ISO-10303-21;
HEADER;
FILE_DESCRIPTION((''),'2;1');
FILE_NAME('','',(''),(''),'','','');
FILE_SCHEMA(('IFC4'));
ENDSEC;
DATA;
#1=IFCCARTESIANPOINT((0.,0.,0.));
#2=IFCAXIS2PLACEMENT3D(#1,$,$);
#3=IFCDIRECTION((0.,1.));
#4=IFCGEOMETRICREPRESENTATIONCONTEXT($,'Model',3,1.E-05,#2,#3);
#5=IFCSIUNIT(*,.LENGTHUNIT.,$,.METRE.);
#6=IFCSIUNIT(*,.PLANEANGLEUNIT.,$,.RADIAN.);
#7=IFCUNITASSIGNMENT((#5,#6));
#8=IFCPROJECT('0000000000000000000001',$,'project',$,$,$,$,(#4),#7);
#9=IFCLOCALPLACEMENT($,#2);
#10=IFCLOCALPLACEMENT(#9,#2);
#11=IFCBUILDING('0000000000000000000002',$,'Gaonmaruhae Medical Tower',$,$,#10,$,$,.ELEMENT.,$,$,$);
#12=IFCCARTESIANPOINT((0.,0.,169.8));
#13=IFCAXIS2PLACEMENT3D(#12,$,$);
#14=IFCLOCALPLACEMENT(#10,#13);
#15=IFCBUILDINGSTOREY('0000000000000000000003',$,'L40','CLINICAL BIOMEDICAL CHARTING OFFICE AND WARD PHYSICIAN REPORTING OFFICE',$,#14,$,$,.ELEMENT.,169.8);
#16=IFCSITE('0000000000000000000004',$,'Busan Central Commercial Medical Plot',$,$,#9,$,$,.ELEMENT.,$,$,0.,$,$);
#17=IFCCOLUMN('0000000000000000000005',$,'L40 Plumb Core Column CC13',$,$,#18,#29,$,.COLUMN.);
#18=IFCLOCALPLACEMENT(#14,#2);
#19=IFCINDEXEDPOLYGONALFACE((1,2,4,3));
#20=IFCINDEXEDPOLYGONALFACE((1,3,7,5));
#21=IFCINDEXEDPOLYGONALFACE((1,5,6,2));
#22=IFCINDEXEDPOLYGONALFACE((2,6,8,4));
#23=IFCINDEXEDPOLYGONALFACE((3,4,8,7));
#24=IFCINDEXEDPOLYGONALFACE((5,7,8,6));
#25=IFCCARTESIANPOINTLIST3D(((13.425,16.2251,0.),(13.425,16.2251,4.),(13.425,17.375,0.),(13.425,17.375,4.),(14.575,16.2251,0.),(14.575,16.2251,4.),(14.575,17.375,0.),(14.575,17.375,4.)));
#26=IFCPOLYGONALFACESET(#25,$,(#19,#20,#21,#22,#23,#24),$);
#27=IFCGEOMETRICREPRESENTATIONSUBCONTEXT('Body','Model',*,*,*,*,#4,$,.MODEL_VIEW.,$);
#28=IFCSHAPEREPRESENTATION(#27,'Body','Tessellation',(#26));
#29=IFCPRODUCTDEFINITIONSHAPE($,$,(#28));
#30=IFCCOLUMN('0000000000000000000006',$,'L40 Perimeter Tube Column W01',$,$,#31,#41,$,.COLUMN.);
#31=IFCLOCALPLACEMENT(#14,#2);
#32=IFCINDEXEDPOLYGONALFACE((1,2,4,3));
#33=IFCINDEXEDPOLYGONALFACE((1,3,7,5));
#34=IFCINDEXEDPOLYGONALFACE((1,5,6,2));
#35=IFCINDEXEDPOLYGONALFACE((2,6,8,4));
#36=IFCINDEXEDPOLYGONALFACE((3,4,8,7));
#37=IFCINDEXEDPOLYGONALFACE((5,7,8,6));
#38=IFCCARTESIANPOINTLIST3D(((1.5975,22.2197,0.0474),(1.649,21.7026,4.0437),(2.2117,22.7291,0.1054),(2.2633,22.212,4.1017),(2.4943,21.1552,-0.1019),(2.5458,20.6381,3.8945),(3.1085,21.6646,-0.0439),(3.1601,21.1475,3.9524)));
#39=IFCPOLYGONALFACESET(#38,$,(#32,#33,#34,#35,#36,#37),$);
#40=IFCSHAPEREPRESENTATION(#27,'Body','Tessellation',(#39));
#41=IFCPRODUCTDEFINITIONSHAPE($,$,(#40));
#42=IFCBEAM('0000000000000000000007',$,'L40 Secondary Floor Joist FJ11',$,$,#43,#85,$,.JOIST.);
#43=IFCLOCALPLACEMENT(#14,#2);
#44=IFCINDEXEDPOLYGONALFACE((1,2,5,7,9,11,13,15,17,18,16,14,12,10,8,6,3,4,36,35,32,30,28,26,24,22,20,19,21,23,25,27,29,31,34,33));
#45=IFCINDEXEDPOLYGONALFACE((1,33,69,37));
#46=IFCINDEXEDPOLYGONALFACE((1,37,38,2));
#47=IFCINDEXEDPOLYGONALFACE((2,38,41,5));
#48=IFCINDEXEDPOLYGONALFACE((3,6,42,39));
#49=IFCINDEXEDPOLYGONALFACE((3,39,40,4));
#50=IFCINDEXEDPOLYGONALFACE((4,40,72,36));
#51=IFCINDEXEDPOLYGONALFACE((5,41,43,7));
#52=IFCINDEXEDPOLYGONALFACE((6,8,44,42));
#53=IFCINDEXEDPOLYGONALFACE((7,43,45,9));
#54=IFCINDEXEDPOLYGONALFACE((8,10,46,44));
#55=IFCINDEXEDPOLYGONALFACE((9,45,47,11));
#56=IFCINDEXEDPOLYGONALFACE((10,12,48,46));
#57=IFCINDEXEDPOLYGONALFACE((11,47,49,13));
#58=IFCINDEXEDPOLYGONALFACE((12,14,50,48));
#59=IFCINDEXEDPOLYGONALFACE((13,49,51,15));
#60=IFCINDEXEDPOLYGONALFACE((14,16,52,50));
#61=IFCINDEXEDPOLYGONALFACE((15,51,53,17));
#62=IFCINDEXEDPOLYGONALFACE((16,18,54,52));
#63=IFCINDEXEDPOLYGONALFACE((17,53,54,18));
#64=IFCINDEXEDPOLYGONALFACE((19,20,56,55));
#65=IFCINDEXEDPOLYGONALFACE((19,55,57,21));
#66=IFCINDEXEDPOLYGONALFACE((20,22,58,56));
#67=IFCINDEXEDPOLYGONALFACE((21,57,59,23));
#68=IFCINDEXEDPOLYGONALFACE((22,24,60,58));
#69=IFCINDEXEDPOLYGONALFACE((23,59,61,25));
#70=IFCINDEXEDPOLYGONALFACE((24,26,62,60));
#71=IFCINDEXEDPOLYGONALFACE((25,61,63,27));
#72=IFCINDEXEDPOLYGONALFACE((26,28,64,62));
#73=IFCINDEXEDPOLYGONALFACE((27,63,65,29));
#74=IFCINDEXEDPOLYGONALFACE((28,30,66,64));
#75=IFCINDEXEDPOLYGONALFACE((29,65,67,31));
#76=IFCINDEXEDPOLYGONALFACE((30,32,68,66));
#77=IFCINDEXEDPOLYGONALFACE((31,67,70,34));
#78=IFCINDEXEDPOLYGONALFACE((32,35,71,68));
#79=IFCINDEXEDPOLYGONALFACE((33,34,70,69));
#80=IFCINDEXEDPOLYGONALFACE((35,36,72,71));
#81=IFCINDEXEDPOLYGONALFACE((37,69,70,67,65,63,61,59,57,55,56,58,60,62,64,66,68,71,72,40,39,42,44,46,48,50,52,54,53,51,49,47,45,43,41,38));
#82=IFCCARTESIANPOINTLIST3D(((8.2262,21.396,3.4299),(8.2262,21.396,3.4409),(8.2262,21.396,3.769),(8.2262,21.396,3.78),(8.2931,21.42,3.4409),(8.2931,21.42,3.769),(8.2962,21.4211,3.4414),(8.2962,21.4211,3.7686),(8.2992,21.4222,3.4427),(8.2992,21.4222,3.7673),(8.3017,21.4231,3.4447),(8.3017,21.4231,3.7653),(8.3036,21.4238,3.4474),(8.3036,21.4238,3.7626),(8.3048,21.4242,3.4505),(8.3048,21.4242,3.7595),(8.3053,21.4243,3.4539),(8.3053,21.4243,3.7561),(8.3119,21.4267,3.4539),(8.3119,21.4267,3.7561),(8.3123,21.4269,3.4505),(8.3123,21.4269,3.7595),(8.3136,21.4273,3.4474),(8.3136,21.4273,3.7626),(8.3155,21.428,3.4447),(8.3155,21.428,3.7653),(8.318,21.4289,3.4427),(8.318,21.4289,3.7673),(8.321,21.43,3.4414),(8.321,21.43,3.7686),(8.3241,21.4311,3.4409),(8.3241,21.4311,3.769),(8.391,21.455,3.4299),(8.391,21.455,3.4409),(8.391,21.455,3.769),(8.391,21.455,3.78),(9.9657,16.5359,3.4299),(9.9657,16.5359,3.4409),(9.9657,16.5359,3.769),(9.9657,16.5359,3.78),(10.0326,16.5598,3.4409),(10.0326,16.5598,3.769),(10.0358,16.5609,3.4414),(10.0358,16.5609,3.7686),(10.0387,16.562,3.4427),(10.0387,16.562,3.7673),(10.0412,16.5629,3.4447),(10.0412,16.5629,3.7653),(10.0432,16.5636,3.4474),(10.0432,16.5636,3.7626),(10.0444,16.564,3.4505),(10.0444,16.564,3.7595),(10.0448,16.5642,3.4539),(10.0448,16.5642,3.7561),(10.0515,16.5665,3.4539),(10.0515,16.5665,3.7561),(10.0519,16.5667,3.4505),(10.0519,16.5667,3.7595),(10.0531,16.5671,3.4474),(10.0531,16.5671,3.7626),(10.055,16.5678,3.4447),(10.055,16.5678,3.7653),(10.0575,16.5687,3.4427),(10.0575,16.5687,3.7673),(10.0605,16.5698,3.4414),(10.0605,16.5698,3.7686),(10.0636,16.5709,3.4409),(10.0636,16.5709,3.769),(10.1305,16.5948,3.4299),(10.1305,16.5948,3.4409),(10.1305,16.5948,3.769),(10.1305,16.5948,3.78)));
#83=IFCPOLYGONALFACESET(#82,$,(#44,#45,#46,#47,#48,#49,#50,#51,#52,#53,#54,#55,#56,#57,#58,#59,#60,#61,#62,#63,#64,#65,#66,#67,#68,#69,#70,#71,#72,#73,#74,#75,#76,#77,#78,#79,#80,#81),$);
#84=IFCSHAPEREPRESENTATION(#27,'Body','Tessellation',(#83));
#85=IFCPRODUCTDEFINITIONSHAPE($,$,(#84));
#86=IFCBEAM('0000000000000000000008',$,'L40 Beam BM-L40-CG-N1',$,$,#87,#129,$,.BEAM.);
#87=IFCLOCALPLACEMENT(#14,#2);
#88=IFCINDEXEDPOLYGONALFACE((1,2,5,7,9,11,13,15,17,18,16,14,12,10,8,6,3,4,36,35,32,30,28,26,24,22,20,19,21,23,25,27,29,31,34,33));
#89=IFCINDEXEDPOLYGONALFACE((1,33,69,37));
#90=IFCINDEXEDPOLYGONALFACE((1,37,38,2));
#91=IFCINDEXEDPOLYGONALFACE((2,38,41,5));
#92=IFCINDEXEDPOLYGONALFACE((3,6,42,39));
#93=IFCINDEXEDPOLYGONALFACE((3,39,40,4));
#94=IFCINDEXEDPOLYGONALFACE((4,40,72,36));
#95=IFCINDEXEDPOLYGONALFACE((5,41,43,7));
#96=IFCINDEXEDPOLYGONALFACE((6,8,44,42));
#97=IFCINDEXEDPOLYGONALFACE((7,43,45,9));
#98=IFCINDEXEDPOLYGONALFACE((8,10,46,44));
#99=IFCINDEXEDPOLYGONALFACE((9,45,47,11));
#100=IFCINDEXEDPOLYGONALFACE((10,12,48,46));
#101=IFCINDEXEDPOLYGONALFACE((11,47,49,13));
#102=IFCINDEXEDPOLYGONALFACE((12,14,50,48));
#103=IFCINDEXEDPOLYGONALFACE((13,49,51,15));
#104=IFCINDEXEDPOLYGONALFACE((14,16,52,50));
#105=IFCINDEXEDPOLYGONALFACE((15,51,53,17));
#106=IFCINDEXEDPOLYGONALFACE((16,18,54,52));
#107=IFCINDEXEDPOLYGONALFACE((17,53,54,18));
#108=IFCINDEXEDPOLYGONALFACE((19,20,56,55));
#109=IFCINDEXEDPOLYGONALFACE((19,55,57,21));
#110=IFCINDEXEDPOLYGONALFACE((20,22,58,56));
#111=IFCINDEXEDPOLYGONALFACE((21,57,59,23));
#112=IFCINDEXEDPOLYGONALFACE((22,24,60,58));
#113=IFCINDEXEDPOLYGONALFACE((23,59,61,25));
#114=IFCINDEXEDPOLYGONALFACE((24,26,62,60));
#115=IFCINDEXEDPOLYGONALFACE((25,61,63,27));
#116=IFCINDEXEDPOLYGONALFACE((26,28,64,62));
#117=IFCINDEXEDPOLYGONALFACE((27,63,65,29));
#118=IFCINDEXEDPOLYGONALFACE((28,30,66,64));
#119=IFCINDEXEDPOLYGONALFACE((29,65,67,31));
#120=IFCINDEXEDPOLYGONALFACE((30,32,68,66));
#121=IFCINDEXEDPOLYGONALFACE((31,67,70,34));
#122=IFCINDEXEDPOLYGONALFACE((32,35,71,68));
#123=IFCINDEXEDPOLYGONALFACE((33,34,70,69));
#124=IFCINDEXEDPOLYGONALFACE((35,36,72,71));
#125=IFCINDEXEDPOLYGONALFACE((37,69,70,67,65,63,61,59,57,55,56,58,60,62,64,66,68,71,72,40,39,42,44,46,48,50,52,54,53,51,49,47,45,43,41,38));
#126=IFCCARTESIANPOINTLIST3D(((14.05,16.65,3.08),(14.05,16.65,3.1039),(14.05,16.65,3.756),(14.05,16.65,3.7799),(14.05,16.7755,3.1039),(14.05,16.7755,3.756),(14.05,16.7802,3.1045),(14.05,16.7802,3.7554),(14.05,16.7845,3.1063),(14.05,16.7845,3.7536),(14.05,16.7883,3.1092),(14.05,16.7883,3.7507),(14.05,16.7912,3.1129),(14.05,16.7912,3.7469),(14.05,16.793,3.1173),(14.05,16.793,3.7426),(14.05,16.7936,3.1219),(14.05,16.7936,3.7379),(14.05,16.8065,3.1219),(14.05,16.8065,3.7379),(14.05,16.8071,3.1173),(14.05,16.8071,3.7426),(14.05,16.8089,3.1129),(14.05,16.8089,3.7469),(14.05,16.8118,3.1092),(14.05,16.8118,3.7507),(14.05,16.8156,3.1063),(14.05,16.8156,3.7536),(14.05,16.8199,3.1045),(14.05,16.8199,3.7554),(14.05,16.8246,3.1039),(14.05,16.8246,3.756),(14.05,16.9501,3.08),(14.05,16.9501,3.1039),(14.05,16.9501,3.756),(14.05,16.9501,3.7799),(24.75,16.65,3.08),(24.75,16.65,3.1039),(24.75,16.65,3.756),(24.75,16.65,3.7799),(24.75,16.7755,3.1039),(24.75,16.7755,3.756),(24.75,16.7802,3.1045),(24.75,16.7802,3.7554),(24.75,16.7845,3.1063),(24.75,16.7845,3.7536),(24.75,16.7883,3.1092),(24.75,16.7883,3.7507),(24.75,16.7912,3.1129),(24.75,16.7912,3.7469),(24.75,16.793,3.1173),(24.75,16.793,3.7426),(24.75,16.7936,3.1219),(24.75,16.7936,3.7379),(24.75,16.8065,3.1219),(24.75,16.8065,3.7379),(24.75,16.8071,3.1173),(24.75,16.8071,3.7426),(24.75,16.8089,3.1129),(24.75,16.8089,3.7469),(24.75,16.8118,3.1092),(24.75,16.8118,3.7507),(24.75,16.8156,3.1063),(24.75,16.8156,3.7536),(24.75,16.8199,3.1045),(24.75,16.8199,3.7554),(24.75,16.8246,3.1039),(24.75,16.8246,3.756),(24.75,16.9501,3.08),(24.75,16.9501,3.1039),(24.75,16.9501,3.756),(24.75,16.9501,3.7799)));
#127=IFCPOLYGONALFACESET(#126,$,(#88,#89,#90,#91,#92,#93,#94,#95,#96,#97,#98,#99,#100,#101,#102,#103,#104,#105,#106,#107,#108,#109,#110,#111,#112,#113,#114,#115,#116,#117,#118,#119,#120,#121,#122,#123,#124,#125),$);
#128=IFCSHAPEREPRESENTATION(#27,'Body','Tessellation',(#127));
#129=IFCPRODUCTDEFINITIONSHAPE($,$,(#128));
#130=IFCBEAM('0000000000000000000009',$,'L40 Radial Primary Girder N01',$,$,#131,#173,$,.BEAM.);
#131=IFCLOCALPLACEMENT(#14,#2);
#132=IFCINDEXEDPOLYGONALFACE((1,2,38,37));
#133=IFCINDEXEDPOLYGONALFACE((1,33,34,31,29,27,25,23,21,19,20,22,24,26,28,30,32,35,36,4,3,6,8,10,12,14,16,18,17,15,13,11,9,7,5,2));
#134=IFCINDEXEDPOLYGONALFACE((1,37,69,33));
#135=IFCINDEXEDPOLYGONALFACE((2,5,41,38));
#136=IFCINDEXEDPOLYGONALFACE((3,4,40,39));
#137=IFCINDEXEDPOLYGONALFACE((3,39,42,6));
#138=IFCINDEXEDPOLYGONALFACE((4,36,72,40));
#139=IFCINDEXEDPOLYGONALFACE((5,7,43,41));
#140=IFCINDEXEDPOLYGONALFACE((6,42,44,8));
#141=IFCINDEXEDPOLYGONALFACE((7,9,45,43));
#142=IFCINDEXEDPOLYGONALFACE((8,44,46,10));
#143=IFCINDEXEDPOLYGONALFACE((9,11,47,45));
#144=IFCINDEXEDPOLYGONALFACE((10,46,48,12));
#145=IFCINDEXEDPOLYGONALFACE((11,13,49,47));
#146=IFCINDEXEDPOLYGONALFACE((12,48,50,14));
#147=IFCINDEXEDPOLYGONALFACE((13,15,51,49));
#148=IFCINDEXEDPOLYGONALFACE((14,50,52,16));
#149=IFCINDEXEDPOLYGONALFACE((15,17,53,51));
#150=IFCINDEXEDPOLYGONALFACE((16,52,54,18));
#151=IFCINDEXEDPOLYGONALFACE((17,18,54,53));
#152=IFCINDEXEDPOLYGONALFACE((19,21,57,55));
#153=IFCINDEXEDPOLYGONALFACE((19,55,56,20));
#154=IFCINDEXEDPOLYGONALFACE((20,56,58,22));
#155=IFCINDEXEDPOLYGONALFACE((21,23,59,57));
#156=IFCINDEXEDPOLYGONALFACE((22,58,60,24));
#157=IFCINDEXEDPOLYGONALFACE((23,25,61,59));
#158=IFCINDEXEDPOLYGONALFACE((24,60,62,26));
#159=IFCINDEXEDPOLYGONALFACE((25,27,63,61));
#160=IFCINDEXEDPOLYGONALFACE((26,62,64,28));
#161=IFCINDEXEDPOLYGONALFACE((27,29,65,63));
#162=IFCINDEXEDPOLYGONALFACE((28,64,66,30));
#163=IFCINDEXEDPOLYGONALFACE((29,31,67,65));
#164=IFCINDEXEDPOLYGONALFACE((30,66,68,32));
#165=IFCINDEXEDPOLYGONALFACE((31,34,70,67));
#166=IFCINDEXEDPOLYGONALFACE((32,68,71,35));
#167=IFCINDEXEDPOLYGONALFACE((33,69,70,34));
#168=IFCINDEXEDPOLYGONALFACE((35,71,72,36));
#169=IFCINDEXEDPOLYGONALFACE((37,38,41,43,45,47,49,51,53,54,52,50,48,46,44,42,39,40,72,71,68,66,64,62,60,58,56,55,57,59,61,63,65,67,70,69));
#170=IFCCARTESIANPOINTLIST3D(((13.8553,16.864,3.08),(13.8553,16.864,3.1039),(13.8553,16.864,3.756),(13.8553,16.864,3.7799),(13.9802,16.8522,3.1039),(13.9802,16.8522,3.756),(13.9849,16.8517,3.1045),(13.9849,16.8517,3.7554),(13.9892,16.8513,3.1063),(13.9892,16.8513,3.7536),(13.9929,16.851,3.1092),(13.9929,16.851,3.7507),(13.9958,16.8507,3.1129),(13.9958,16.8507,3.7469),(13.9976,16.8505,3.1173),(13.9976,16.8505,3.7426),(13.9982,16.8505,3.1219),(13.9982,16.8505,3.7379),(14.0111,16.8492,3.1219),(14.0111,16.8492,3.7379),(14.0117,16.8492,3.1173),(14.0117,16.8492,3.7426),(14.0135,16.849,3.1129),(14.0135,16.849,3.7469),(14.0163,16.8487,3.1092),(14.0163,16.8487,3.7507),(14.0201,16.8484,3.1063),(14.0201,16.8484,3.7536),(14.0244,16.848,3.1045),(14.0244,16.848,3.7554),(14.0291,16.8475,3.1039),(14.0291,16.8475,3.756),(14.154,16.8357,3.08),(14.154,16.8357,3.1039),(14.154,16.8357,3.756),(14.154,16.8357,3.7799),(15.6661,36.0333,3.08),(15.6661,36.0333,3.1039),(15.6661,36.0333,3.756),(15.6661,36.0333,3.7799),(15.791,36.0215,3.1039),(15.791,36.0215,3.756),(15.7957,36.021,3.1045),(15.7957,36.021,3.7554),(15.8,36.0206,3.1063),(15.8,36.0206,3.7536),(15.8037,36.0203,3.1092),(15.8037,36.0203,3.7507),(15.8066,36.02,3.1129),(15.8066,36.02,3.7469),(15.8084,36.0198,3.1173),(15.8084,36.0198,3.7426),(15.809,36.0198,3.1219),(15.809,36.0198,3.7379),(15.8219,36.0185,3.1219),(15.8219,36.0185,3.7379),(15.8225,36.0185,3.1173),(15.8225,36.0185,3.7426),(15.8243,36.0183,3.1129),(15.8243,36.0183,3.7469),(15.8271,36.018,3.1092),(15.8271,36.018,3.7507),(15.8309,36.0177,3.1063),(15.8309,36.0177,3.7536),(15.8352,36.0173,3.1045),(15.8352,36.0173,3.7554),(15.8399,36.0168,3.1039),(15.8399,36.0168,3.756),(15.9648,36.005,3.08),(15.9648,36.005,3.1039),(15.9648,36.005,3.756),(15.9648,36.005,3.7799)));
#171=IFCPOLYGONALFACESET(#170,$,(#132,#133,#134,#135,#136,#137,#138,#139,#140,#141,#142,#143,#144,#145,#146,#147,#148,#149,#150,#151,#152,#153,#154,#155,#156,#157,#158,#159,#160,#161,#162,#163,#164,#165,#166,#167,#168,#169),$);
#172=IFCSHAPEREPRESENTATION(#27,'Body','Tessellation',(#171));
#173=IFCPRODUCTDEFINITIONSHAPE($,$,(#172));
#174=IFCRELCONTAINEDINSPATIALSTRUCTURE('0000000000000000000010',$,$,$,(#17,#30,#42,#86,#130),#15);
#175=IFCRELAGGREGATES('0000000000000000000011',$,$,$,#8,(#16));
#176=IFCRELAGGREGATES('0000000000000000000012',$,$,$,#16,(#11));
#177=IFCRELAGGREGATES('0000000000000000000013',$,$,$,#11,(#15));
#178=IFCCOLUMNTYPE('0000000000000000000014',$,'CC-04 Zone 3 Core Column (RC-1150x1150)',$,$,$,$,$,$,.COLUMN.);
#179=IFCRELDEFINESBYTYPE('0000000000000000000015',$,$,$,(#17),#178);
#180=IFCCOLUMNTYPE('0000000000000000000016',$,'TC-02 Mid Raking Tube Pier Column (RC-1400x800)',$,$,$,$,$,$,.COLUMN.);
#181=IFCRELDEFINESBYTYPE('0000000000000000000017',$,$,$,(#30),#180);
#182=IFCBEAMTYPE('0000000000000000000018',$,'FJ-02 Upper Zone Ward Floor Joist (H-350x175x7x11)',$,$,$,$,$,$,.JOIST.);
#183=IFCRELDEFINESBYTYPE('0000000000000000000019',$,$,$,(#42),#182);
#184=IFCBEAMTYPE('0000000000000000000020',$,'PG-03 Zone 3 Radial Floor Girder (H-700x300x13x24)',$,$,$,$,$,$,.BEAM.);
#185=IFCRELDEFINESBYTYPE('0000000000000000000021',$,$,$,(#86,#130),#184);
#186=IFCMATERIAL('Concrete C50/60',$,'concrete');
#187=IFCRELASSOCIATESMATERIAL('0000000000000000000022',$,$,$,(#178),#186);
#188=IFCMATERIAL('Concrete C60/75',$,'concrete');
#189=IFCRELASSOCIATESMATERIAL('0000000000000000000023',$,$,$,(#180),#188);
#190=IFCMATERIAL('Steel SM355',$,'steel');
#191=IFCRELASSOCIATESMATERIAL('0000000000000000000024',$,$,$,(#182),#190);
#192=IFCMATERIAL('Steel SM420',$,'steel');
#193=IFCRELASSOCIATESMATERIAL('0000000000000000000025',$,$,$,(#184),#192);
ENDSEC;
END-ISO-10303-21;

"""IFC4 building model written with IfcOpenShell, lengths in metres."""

from ifc_helpers import new_model, si_unit, direction, frame, origin, origin_2d, place, context, subcontext, project, spatial, rectangle, i_section, extrude, material, material_profile, profile_set, type_object, element, save


model = new_model("IFC4")

# Units and contexts
model_context = context("Model", 3, precision=1e-05, world=origin(), true_north=direction((0.0, 1.0)))
body_context = subcontext(model_context, "Body", "Model", "MODEL_VIEW")
ifc_project = project(units=[si_unit("LENGTHUNIT", "METRE"), si_unit("PLANEANGLEUNIT", "RADIAN")], contexts=[model_context])

# Site, building, storey
site_placement = place(None, origin())
site = spatial("IfcSite", under=ifc_project, at=site_placement, Name="Busan Central Commercial Medical Plot", CompositionType="ELEMENT", RefElevation=0.0)
building_placement = place(site_placement, origin())
building = spatial("IfcBuilding", under=site, at=building_placement, Name="Gaonmaruhae Medical Tower", CompositionType="ELEMENT")
storey_placement = place(building_placement, frame((0.0, 0.0, 169.8)))
storey = spatial("IfcBuildingStorey", under=building, at=storey_placement, Name="L40", Description="CLINICAL BIOMEDICAL CHARTING OFFICE AND WARD PHYSICIAN REPORTING OFFICE", CompositionType="ELEMENT", Elevation=169.8)

# Columns
ifc_material_1 = material(Name="Concrete C50/60", Category="concrete")
ifc_material_profile_1 = material_profile(ifc_material_1, rectangle(XDim=1.1499, YDim=1.1499, at=origin_2d()), Name="RC-1150x1150")
ifc_profile_set_1 = profile_set([ifc_material_profile_1], Name="Concrete C50/60")
column_type_1 = type_object("IfcColumnType", Name="CC-04 Zone 3 Core Column (RC-1150x1150)", PredefinedType="COLUMN", material=ifc_profile_set_1)
column_1_placement = place(storey_placement, frame((14.0, 16.8, 0.0), z_axis=(0.0, 0.0, 1.0), x_axis=(1.0, 0.0, 0.0)))
element("IfcColumn", 1, at=column_1_placement, inside=storey, type_object=column_type_1, Name="L40 Plumb Core Column CC13", PredefinedType="COLUMN", context=body_context, shape_type="SweptSolid", body=[
    extrude(rectangle(XDim=1.1499, YDim=1.1499, at=origin_2d()), origin(), (0.0, 0.0, 1.0), 4.0),
])
ifc_material_2 = material(Name="Concrete C60/75", Category="concrete")
ifc_material_profile_2 = material_profile(ifc_material_2, rectangle(XDim=1.3999, YDim=0.8, at=origin_2d()), Name="RC-1400x800")
ifc_profile_set_2 = profile_set([ifc_material_profile_2], Name="Concrete C60/75")
column_type_2 = type_object("IfcColumnType", Name="TC-02 Mid Raking Tube Pier Column (RC-1400x800)", PredefinedType="COLUMN", material=ifc_profile_set_2)
column_2_placement = place(storey_placement, frame((2.353, 21.9421, 0.0017), z_axis=(0.012783, -0.128311, 0.991652), x_axis=(-0.64062, 0.760416, 0.106649)))
element("IfcColumn", 2, at=column_2_placement, inside=storey, type_object=column_type_2, Name="L40 Perimeter Tube Column W01", PredefinedType="COLUMN", context=body_context, shape_type="SweptSolid", body=[
    extrude(rectangle(XDim=1.3999, YDim=0.8, at=origin_2d()), origin(), (0.0, 0.0, 1.0), 4.03),
])

# Beams
ifc_material_3 = material(Name="Steel SM355", Category="steel")
ifc_material_profile_3 = material_profile(ifc_material_3, i_section(OverallWidth=0.175, OverallDepth=0.3501, WebThickness=0.0071, FlangeThickness=0.011, FilletRadius=0.0129, at=origin_2d()), Name="H-350x175x7x11")
ifc_profile_set_3 = profile_set([ifc_material_profile_3], Name="Steel SM355")
beam_type_1 = type_object("IfcBeamType", Name="FJ-02 Upper Zone Ward Floor Joist (H-350x175x7x11)", PredefinedType="JOIST", material=ifc_profile_set_3)
beam_1_placement = place(storey_placement, frame((8.3086, 21.4255, 3.605), z_axis=(0.33698, -0.941512, 0.0), x_axis=(0.941512, 0.33698, 0.0)))
element("IfcBeam", 3, at=beam_1_placement, inside=storey, type_object=beam_type_1, Name="L40 Secondary Floor Joist FJ11", PredefinedType="JOIST", context=body_context, shape_type="SweptSolid", body=[
    extrude(i_section(OverallWidth=0.175, OverallDepth=0.3501, WebThickness=0.0071, FlangeThickness=0.011, FilletRadius=0.0129, at=origin_2d()), origin(), (0.0, 0.0, 1.0), 5.1621),
])
ifc_material_4 = material(Name="Steel SM420", Category="steel")
ifc_material_profile_4 = material_profile(ifc_material_4, i_section(OverallWidth=0.3, OverallDepth=0.7, WebThickness=0.0129, FlangeThickness=0.0239, FilletRadius=0.0181, at=origin_2d()), Name="H-700x300x13x24")
ifc_profile_set_4 = profile_set([ifc_material_profile_4], Name="Steel SM420")
beam_type_2 = type_object("IfcBeamType", Name="PG-03 Zone 3 Radial Floor Girder (H-700x300x13x24)", PredefinedType="BEAM", material=ifc_profile_set_4)
beam_2_placement = place(storey_placement, frame((14.05, 16.8, 3.4299), z_axis=(1.0, 0.0, 0.0), x_axis=(0.0, 1.0, 0.0)))
element("IfcBeam", 4, at=beam_2_placement, inside=storey, type_object=beam_type_2, Name="L40 Beam BM-L40-CG-N1", PredefinedType="BEAM", context=body_context, shape_type="SweptSolid", body=[
    extrude(i_section(OverallWidth=0.3, OverallDepth=0.7, WebThickness=0.0129, FlangeThickness=0.0239, FilletRadius=0.0181, at=origin_2d()), origin(), (0.0, 0.0, 1.0), 10.7),
])
beam_3_placement = place(storey_placement, frame((14.0046, 16.8499, 3.4299), z_axis=(0.094045, 0.995568, 0.0), x_axis=(-0.995568, 0.094045, 0.0)))
element("IfcBeam", 5, at=beam_3_placement, inside=storey, type_object=beam_type_2, Name="L40 Radial Primary Girder N01", PredefinedType="BEAM", context=body_context, shape_type="SweptSolid", body=[
    extrude(i_section(OverallWidth=0.3, OverallDepth=0.7, WebThickness=0.0129, FlangeThickness=0.0239, FilletRadius=0.0181, at=origin_2d()), origin(), (0.0, 0.0, 1.0), 19.2546),
])

save(model, "model.ifc")
